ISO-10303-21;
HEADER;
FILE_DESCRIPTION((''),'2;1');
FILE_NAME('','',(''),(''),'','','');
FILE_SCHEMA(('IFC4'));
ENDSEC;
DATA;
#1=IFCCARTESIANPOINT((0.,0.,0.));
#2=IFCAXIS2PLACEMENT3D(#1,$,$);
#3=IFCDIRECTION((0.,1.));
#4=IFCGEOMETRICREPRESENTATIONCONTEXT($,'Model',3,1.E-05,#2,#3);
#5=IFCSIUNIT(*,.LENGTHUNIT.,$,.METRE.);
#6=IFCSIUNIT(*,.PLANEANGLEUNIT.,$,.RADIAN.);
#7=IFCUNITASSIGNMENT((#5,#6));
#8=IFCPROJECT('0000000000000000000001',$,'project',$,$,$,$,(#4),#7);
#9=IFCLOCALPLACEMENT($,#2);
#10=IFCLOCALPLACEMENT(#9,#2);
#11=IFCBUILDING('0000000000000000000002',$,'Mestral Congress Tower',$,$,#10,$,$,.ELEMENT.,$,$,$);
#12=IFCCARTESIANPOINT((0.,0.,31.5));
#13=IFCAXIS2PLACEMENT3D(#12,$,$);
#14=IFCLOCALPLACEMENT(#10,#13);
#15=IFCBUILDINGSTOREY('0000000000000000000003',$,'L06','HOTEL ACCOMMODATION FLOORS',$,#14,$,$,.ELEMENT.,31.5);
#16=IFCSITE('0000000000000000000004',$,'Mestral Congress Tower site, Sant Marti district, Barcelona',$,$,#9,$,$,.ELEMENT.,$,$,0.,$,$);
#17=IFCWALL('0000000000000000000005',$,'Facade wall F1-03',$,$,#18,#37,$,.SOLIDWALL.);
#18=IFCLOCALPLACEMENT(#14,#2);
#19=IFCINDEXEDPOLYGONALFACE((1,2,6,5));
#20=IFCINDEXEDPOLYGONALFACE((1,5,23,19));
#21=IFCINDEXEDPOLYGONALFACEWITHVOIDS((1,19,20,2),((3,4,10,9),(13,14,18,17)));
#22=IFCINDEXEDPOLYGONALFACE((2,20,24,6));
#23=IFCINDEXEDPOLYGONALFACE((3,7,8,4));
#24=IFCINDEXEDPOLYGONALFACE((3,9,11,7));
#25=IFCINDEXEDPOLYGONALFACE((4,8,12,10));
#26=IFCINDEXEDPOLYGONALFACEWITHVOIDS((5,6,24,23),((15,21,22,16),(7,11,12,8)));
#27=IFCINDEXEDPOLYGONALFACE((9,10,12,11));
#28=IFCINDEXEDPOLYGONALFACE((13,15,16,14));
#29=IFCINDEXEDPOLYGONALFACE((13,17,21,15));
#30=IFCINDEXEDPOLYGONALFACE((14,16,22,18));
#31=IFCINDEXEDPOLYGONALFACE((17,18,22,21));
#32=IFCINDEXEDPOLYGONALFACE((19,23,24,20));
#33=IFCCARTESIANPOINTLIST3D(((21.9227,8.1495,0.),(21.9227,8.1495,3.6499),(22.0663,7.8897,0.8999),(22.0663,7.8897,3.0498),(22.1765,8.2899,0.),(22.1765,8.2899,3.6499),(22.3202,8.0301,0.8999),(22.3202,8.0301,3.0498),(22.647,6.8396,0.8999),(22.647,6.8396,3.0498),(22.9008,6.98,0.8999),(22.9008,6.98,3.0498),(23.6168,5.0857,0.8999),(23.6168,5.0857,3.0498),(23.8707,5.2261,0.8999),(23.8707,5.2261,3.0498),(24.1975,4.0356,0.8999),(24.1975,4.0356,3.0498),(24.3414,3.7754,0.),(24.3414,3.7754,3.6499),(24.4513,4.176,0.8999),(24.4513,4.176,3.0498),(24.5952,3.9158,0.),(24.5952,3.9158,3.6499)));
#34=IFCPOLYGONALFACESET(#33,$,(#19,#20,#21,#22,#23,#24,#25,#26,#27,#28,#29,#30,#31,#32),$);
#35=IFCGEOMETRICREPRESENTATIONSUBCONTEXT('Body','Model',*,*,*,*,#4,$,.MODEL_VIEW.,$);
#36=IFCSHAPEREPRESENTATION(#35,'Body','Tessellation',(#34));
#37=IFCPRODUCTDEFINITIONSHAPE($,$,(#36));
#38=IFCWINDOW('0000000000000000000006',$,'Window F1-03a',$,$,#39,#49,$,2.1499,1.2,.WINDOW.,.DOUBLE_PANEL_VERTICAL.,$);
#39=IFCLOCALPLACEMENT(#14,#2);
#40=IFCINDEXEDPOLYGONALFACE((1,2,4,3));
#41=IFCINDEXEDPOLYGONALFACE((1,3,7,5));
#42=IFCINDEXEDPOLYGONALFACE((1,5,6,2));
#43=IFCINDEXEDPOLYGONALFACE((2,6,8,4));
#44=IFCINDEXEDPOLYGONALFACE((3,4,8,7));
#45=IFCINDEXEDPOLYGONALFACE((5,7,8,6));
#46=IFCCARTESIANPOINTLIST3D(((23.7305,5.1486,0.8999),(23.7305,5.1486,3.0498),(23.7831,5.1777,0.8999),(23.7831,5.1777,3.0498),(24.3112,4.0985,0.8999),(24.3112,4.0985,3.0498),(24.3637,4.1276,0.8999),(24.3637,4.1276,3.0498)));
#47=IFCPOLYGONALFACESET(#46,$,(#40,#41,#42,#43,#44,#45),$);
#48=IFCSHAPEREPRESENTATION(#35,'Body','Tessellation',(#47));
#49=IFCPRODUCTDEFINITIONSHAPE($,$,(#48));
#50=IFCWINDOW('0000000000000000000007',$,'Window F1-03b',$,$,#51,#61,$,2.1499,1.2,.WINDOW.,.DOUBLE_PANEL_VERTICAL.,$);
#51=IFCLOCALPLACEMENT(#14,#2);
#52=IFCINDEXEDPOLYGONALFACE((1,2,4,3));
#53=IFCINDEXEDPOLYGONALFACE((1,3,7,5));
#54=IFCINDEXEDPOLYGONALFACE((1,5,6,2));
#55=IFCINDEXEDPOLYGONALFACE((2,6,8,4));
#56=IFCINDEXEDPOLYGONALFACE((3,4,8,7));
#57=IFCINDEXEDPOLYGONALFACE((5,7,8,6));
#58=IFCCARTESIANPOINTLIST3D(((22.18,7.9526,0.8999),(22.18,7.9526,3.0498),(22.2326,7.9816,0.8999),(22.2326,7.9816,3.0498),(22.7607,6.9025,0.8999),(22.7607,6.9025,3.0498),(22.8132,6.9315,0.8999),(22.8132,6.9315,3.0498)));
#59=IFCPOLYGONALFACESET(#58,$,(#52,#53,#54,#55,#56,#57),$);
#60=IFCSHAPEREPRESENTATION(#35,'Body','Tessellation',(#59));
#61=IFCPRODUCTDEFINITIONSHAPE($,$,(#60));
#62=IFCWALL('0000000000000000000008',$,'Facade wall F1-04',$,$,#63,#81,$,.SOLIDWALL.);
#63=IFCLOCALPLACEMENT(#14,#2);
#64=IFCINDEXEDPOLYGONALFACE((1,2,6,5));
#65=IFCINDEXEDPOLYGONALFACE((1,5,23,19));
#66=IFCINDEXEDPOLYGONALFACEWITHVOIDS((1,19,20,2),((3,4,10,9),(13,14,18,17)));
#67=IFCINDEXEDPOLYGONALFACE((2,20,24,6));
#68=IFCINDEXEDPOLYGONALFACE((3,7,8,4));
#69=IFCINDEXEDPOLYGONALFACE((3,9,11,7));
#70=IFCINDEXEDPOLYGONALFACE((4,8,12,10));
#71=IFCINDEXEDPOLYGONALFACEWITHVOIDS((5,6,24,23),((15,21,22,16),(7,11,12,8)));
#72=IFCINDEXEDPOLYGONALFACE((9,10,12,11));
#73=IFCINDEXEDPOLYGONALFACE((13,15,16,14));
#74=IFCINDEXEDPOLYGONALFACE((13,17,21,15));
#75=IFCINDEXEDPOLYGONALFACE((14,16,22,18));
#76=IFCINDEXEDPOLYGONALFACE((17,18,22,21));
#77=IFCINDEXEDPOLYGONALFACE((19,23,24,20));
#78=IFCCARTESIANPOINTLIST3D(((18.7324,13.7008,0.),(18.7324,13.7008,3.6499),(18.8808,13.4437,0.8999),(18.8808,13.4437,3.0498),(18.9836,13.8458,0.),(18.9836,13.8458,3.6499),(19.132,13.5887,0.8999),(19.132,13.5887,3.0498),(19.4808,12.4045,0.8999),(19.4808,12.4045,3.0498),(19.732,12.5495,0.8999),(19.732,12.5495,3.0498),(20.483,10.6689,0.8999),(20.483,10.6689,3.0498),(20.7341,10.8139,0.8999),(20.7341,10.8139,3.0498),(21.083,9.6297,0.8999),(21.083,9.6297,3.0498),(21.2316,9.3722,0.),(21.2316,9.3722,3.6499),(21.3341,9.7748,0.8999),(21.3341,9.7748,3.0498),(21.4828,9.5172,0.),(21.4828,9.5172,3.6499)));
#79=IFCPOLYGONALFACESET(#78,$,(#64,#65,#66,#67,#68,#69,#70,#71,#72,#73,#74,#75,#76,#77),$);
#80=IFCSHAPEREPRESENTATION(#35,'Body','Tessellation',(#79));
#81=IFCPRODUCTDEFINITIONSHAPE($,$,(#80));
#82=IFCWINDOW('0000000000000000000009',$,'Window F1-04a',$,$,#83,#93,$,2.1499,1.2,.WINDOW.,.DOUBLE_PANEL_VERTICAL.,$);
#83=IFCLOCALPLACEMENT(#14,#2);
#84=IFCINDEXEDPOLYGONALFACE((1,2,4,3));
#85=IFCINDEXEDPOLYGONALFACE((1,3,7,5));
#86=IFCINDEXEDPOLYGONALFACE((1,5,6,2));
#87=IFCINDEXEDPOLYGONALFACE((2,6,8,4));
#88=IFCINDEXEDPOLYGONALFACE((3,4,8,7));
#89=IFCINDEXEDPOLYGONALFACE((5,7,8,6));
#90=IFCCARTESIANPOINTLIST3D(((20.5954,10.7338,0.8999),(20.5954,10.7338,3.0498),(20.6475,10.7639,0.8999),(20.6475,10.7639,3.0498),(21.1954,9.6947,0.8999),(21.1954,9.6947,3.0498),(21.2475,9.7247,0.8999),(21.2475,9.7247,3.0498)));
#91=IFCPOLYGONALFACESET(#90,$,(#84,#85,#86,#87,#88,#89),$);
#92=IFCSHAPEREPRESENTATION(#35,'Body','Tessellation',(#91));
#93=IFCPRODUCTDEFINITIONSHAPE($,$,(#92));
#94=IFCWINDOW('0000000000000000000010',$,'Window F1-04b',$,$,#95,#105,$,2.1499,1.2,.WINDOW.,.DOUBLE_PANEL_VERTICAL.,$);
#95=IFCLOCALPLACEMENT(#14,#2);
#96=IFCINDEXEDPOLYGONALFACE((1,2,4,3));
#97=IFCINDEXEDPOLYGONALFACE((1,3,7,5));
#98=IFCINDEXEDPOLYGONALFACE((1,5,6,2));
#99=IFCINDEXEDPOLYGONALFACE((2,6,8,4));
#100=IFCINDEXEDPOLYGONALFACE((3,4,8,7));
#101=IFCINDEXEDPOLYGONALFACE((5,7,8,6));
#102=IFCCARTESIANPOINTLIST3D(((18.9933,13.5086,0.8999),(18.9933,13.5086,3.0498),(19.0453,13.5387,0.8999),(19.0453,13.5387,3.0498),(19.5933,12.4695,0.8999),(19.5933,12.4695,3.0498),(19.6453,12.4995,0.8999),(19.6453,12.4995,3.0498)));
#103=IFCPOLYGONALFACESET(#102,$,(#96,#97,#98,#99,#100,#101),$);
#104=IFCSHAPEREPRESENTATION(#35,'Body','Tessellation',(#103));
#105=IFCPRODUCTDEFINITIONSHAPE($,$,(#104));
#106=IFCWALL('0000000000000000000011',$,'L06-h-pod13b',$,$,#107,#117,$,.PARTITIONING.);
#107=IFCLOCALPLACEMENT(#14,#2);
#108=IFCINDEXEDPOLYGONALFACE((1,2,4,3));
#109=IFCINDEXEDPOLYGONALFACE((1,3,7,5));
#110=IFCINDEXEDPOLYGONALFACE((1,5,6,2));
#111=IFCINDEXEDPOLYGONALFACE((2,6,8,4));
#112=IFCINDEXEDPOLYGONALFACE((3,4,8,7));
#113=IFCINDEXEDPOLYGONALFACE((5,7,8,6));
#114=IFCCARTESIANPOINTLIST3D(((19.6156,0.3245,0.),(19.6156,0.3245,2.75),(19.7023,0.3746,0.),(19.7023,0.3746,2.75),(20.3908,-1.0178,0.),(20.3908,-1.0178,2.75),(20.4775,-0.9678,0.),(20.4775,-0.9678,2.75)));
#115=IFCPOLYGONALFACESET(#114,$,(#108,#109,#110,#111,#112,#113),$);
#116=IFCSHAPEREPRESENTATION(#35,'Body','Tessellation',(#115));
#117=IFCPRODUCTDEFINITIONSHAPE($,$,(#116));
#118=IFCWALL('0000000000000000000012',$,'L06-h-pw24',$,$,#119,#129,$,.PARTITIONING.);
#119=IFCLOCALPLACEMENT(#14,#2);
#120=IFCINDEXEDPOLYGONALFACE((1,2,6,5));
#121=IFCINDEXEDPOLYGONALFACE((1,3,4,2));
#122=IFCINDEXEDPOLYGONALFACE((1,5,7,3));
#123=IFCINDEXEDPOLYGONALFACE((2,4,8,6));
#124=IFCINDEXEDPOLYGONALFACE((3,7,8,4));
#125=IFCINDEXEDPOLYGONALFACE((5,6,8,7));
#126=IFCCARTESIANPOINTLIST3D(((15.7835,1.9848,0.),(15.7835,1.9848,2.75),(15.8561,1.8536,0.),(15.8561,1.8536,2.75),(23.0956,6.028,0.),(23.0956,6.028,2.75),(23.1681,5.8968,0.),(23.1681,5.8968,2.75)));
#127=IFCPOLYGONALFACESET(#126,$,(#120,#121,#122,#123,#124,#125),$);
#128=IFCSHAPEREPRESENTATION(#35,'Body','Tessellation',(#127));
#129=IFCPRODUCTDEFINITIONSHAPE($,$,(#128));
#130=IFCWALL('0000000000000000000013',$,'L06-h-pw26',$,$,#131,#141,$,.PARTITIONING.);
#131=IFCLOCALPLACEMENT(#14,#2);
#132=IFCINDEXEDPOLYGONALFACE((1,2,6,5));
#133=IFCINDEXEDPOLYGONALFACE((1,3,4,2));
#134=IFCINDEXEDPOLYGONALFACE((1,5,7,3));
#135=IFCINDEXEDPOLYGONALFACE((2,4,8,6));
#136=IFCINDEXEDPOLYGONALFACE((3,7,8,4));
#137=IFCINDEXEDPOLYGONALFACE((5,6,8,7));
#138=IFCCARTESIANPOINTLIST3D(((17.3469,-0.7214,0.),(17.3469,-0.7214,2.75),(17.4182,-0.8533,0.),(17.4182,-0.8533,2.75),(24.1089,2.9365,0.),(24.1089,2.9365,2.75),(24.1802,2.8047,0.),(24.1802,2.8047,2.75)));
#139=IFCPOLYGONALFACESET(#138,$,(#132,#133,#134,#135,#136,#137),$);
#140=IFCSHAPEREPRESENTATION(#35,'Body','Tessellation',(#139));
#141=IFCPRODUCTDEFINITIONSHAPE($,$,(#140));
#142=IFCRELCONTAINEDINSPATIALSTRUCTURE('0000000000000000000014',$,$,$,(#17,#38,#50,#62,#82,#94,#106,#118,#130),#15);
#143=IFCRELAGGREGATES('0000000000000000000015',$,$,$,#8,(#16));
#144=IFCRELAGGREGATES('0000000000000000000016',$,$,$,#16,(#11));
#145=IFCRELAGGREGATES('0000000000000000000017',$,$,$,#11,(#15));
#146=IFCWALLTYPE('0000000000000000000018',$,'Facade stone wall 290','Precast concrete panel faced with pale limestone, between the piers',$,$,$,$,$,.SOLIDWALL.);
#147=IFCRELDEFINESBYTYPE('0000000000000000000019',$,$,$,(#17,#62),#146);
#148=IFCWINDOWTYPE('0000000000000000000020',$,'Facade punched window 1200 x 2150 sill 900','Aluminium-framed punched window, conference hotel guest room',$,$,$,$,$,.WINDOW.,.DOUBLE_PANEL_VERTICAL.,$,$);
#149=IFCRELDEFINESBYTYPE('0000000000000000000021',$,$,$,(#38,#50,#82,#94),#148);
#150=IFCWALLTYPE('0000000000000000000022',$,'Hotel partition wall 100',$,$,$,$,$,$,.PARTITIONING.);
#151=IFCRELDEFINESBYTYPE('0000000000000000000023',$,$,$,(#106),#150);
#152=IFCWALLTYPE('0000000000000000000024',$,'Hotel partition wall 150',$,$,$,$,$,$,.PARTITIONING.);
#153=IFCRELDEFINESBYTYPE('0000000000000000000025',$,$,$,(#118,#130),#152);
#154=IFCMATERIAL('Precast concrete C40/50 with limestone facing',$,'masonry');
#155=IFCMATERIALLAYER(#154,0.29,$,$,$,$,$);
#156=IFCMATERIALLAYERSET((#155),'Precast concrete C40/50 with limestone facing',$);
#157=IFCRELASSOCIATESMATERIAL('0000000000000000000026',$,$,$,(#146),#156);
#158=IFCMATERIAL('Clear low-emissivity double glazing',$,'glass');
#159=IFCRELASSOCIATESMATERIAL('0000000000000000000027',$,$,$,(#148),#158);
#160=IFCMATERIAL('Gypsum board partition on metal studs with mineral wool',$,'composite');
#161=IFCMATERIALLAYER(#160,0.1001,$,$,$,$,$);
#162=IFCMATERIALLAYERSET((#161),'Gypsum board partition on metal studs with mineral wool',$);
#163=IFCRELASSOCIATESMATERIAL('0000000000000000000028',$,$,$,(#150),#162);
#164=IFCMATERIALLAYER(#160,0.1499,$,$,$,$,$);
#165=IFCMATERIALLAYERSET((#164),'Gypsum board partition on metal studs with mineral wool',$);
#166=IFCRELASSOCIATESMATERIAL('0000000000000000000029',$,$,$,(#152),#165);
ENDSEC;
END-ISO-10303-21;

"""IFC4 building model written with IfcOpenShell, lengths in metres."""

from ifc_helpers import new_model, si_unit, direction, frame, frame_2d, origin, place, context, subcontext, project, spatial, rectangle, extrude, material, layer, layer_set, type_object, element, fill, save


model = new_model("IFC4")

# Units and contexts
model_context = context("Model", 3, precision=1e-05, world=origin(), true_north=direction((0.0, 1.0)))
body_context = subcontext(model_context, "Body", "Model", "MODEL_VIEW")
ifc_project = project(units=[si_unit("LENGTHUNIT", "METRE"), si_unit("PLANEANGLEUNIT", "RADIAN")], contexts=[model_context])

# Site, building, storey
site_placement = place(None, origin())
site = spatial("IfcSite", under=ifc_project, at=site_placement, Name="Mestral Congress Tower site, Sant Marti district, Barcelona", CompositionType="ELEMENT", RefElevation=0.0)
building_placement = place(site_placement, origin())
building = spatial("IfcBuilding", under=site, at=building_placement, Name="Mestral Congress Tower", CompositionType="ELEMENT")
storey_placement = place(building_placement, frame((0.0, 0.0, 31.5)))
storey = spatial("IfcBuildingStorey", under=building, at=storey_placement, Name="L06", Description="HOTEL ACCOMMODATION FLOORS", CompositionType="ELEMENT", Elevation=31.5)

# Walls, openings, windows
ifc_material_1 = material(Name="Precast concrete C40/50 with limestone facing", Category="masonry")
ifc_layer_1 = layer(ifc_material_1, 0.29)
ifc_layer_set_1 = layer_set([ifc_layer_1], Name="Precast concrete C40/50 with limestone facing")
wall_type_1 = type_object("IfcWallType", Name="Facade stone wall 290", Description="Precast concrete panel faced with pale limestone, between the piers", PredefinedType="SOLIDWALL", material=ifc_layer_set_1)
ifc_material_2 = material(Name="Clear low-emissivity double glazing", Category="glass")
window_type = type_object("IfcWindowType", Name="Facade punched window 1200 x 2150 sill 900", Description="Aluminium-framed punched window, conference hotel guest room", PartitioningType="DOUBLE_PANEL_VERTICAL", PredefinedType="WINDOW", material=ifc_material_2)
wall_1_placement = place(storey_placement, frame((24.4683, 3.8457, 0.0), z_axis=(0.0, 0.0, 1.0), x_axis=(-0.483913, 0.875116, 0.0)))
wall_1 = element("IfcWall", 1, at=wall_1_placement, inside=storey, type_object=wall_type_1, Name="Facade wall F1-03", PredefinedType="SOLIDWALL", context=body_context, shape_type="SweptSolid", body=[
    extrude(rectangle(XDim=4.9983, YDim=0.29, at=frame_2d((2.499, 0.0))), origin(), (0.0, 0.0, 1.0), 3.6499),
])
opening_1_placement = place(wall_1_placement, frame((0.2971, 0.0, 0.8999)))
opening_1 = element("IfcOpeningElement", 2, at=opening_1_placement, cuts=wall_1, PredefinedType="OPENING", context=body_context, shape_type="SweptSolid", body=[
    extrude(rectangle(XDim=1.2, YDim=2.1499, at=frame_2d((0.6001, 1.075))), frame((0.0, 0.155, 0.0), z_axis=(0.0, -1.0, 0.0), x_axis=(1.0, 0.0, 0.0)), (0.0, 0.0, 1.0), 0.3101),
])
opening_2_placement = place(wall_1_placement, frame((3.5012, 0.0, 0.8999)))
opening_2 = element("IfcOpeningElement", 3, at=opening_2_placement, cuts=wall_1, PredefinedType="OPENING", context=body_context, shape_type="SweptSolid", body=[
    extrude(rectangle(XDim=1.2, YDim=2.1499, at=frame_2d((0.6001, 1.075))), frame((0.0, 0.155, 0.0), z_axis=(0.0, -1.0, 0.0), x_axis=(1.0, 0.0, 0.0)), (0.0, 0.0, 1.0), 0.3101),
])
window_1_placement = place(opening_1_placement, origin())
window_1 = element("IfcWindow", 4, at=window_1_placement, inside=storey, type_object=window_type, Name="Window F1-03a", OverallHeight=2.1499, OverallWidth=1.2, PartitioningType="DOUBLE_PANEL_VERTICAL", PredefinedType="WINDOW", context=body_context, shape_type="SweptSolid", body=[
    extrude(rectangle(XDim=1.2, YDim=2.1499, at=frame_2d((0.6001, 1.075))), frame((0.0, 0.0151, 0.0), z_axis=(0.0, -1.0, 0.0), x_axis=(1.0, 0.0, 0.0)), (0.0, 0.0, 1.0), 0.0601),
])
fill(opening_1, window_1)
window_2_placement = place(opening_2_placement, origin())
window_2 = element("IfcWindow", 5, at=window_2_placement, inside=storey, type_object=window_type, Name="Window F1-03b", OverallHeight=2.1499, OverallWidth=1.2, PartitioningType="DOUBLE_PANEL_VERTICAL", PredefinedType="WINDOW", context=body_context, shape_type="SweptSolid", body=[
    extrude(rectangle(XDim=1.2, YDim=2.1499, at=frame_2d((0.6001, 1.075))), frame((0.0, 0.0151, 0.0), z_axis=(0.0, -1.0, 0.0), x_axis=(1.0, 0.0, 0.0)), (0.0, 0.0, 1.0), 0.0601),
])
fill(opening_2, window_2)
wall_2_placement = place(storey_placement, frame((21.3572, 9.4448, 0.0), z_axis=(0.0, 0.0, 1.0), x_axis=(-0.500021, 0.866013, 0.0)))
wall_2 = element("IfcWall", 6, at=wall_2_placement, inside=storey, type_object=wall_type_1, Name="Facade wall F1-04", PredefinedType="SOLIDWALL", context=body_context, shape_type="SweptSolid", body=[
    extrude(rectangle(XDim=4.9983, YDim=0.29, at=frame_2d((2.499, 0.0))), origin(), (0.0, 0.0, 1.0), 3.6499),
])
opening_3_placement = place(wall_2_placement, frame((0.2971, 0.0, 0.8999)))
opening_3 = element("IfcOpeningElement", 7, at=opening_3_placement, cuts=wall_2, PredefinedType="OPENING", context=body_context, shape_type="SweptSolid", body=[
    extrude(rectangle(XDim=1.2, YDim=2.1499, at=frame_2d((0.6001, 1.075))), frame((0.0, 0.155, 0.0), z_axis=(0.0, -1.0, 0.0), x_axis=(1.0, 0.0, 0.0)), (0.0, 0.0, 1.0), 0.3101),
])
opening_4_placement = place(wall_2_placement, frame((3.5012, 0.0, 0.8999)))
opening_4 = element("IfcOpeningElement", 8, at=opening_4_placement, cuts=wall_2, PredefinedType="OPENING", context=body_context, shape_type="SweptSolid", body=[
    extrude(rectangle(XDim=1.2, YDim=2.1499, at=frame_2d((0.6001, 1.075))), frame((0.0, 0.155, 0.0), z_axis=(0.0, -1.0, 0.0), x_axis=(1.0, 0.0, 0.0)), (0.0, 0.0, 1.0), 0.3101),
])
window_3_placement = place(opening_3_placement, origin())
window_3 = element("IfcWindow", 9, at=window_3_placement, inside=storey, type_object=window_type, Name="Window F1-04a", OverallHeight=2.1499, OverallWidth=1.2, PartitioningType="DOUBLE_PANEL_VERTICAL", PredefinedType="WINDOW", context=body_context, shape_type="SweptSolid", body=[
    extrude(rectangle(XDim=1.2, YDim=2.1499, at=frame_2d((0.6001, 1.075))), frame((0.0, 0.0151, 0.0), z_axis=(0.0, -1.0, 0.0), x_axis=(1.0, 0.0, 0.0)), (0.0, 0.0, 1.0), 0.0601),
])
fill(opening_3, window_3)
window_4_placement = place(opening_4_placement, origin())
window_4 = element("IfcWindow", 10, at=window_4_placement, inside=storey, type_object=window_type, Name="Window F1-04b", OverallHeight=2.1499, OverallWidth=1.2, PartitioningType="DOUBLE_PANEL_VERTICAL", PredefinedType="WINDOW", context=body_context, shape_type="SweptSolid", body=[
    extrude(rectangle(XDim=1.2, YDim=2.1499, at=frame_2d((0.6001, 1.075))), frame((0.0, 0.0151, 0.0), z_axis=(0.0, -1.0, 0.0), x_axis=(1.0, 0.0, 0.0)), (0.0, 0.0, 1.0), 0.0601),
])
fill(opening_4, window_4)

# Walls
ifc_material_3 = material(Name="Gypsum board partition on metal studs with mineral wool", Category="composite")
ifc_layer_2 = layer(ifc_material_3, 0.1001)
ifc_layer_set_2 = layer_set([ifc_layer_2], Name="Gypsum board partition on metal studs with mineral wool")
wall_type_2 = type_object("IfcWallType", Name="Hotel partition wall 100", PredefinedType="PARTITIONING", material=ifc_layer_set_2)
wall_3_placement = place(storey_placement, frame((20.4341, -0.9927, 0.0), z_axis=(0.0, 0.0, 1.0), x_axis=(-0.500086, 0.865976, 0.0)))
element("IfcWall", 11, at=wall_3_placement, inside=storey, type_object=wall_type_2, Name="L06-h-pod13b", PredefinedType="PARTITIONING", context=body_context, shape_type="SweptSolid", body=[
    extrude(rectangle(XDim=1.55, YDim=0.1001, at=frame_2d((0.7749, 0.0))), origin(), (0.0, 0.0, 1.0), 2.75),
])
ifc_layer_3 = layer(ifc_material_3, 0.1499)
ifc_layer_set_3 = layer_set([ifc_layer_3], Name="Gypsum board partition on metal studs with mineral wool")
wall_type_3 = type_object("IfcWallType", Name="Hotel partition wall 150", PredefinedType="PARTITIONING", material=ifc_layer_set_3)
wall_4_placement = place(storey_placement, frame((23.1318, 5.9624, 0.0), z_axis=(0.0, 0.0, 1.0), x_axis=(-0.875122, -0.483903, 0.0)))
element("IfcWall", 12, at=wall_4_placement, inside=storey, type_object=wall_type_3, Name="L06-h-pw24", PredefinedType="PARTITIONING", context=body_context, shape_type="SweptSolid", body=[
    extrude(rectangle(XDim=8.3555, YDim=0.1499, at=frame_2d((4.1777, 0.0))), origin(), (0.0, 0.0, 1.0), 2.75),
])
wall_5_placement = place(storey_placement, frame((24.1445, 2.8706, 0.0), z_axis=(0.0, 0.0, 1.0), x_axis=(-0.879552, -0.475803, 0.0)))
element("IfcWall", 13, at=wall_5_placement, inside=storey, type_object=wall_type_3, Name="L06-h-pw26", PredefinedType="PARTITIONING", context=body_context, shape_type="SweptSolid", body=[
    extrude(rectangle(XDim=7.688, YDim=0.1499, at=frame_2d((3.844, 0.0))), origin(), (0.0, 0.0, 1.0), 2.75),
])

save(model, "model.ifc")
